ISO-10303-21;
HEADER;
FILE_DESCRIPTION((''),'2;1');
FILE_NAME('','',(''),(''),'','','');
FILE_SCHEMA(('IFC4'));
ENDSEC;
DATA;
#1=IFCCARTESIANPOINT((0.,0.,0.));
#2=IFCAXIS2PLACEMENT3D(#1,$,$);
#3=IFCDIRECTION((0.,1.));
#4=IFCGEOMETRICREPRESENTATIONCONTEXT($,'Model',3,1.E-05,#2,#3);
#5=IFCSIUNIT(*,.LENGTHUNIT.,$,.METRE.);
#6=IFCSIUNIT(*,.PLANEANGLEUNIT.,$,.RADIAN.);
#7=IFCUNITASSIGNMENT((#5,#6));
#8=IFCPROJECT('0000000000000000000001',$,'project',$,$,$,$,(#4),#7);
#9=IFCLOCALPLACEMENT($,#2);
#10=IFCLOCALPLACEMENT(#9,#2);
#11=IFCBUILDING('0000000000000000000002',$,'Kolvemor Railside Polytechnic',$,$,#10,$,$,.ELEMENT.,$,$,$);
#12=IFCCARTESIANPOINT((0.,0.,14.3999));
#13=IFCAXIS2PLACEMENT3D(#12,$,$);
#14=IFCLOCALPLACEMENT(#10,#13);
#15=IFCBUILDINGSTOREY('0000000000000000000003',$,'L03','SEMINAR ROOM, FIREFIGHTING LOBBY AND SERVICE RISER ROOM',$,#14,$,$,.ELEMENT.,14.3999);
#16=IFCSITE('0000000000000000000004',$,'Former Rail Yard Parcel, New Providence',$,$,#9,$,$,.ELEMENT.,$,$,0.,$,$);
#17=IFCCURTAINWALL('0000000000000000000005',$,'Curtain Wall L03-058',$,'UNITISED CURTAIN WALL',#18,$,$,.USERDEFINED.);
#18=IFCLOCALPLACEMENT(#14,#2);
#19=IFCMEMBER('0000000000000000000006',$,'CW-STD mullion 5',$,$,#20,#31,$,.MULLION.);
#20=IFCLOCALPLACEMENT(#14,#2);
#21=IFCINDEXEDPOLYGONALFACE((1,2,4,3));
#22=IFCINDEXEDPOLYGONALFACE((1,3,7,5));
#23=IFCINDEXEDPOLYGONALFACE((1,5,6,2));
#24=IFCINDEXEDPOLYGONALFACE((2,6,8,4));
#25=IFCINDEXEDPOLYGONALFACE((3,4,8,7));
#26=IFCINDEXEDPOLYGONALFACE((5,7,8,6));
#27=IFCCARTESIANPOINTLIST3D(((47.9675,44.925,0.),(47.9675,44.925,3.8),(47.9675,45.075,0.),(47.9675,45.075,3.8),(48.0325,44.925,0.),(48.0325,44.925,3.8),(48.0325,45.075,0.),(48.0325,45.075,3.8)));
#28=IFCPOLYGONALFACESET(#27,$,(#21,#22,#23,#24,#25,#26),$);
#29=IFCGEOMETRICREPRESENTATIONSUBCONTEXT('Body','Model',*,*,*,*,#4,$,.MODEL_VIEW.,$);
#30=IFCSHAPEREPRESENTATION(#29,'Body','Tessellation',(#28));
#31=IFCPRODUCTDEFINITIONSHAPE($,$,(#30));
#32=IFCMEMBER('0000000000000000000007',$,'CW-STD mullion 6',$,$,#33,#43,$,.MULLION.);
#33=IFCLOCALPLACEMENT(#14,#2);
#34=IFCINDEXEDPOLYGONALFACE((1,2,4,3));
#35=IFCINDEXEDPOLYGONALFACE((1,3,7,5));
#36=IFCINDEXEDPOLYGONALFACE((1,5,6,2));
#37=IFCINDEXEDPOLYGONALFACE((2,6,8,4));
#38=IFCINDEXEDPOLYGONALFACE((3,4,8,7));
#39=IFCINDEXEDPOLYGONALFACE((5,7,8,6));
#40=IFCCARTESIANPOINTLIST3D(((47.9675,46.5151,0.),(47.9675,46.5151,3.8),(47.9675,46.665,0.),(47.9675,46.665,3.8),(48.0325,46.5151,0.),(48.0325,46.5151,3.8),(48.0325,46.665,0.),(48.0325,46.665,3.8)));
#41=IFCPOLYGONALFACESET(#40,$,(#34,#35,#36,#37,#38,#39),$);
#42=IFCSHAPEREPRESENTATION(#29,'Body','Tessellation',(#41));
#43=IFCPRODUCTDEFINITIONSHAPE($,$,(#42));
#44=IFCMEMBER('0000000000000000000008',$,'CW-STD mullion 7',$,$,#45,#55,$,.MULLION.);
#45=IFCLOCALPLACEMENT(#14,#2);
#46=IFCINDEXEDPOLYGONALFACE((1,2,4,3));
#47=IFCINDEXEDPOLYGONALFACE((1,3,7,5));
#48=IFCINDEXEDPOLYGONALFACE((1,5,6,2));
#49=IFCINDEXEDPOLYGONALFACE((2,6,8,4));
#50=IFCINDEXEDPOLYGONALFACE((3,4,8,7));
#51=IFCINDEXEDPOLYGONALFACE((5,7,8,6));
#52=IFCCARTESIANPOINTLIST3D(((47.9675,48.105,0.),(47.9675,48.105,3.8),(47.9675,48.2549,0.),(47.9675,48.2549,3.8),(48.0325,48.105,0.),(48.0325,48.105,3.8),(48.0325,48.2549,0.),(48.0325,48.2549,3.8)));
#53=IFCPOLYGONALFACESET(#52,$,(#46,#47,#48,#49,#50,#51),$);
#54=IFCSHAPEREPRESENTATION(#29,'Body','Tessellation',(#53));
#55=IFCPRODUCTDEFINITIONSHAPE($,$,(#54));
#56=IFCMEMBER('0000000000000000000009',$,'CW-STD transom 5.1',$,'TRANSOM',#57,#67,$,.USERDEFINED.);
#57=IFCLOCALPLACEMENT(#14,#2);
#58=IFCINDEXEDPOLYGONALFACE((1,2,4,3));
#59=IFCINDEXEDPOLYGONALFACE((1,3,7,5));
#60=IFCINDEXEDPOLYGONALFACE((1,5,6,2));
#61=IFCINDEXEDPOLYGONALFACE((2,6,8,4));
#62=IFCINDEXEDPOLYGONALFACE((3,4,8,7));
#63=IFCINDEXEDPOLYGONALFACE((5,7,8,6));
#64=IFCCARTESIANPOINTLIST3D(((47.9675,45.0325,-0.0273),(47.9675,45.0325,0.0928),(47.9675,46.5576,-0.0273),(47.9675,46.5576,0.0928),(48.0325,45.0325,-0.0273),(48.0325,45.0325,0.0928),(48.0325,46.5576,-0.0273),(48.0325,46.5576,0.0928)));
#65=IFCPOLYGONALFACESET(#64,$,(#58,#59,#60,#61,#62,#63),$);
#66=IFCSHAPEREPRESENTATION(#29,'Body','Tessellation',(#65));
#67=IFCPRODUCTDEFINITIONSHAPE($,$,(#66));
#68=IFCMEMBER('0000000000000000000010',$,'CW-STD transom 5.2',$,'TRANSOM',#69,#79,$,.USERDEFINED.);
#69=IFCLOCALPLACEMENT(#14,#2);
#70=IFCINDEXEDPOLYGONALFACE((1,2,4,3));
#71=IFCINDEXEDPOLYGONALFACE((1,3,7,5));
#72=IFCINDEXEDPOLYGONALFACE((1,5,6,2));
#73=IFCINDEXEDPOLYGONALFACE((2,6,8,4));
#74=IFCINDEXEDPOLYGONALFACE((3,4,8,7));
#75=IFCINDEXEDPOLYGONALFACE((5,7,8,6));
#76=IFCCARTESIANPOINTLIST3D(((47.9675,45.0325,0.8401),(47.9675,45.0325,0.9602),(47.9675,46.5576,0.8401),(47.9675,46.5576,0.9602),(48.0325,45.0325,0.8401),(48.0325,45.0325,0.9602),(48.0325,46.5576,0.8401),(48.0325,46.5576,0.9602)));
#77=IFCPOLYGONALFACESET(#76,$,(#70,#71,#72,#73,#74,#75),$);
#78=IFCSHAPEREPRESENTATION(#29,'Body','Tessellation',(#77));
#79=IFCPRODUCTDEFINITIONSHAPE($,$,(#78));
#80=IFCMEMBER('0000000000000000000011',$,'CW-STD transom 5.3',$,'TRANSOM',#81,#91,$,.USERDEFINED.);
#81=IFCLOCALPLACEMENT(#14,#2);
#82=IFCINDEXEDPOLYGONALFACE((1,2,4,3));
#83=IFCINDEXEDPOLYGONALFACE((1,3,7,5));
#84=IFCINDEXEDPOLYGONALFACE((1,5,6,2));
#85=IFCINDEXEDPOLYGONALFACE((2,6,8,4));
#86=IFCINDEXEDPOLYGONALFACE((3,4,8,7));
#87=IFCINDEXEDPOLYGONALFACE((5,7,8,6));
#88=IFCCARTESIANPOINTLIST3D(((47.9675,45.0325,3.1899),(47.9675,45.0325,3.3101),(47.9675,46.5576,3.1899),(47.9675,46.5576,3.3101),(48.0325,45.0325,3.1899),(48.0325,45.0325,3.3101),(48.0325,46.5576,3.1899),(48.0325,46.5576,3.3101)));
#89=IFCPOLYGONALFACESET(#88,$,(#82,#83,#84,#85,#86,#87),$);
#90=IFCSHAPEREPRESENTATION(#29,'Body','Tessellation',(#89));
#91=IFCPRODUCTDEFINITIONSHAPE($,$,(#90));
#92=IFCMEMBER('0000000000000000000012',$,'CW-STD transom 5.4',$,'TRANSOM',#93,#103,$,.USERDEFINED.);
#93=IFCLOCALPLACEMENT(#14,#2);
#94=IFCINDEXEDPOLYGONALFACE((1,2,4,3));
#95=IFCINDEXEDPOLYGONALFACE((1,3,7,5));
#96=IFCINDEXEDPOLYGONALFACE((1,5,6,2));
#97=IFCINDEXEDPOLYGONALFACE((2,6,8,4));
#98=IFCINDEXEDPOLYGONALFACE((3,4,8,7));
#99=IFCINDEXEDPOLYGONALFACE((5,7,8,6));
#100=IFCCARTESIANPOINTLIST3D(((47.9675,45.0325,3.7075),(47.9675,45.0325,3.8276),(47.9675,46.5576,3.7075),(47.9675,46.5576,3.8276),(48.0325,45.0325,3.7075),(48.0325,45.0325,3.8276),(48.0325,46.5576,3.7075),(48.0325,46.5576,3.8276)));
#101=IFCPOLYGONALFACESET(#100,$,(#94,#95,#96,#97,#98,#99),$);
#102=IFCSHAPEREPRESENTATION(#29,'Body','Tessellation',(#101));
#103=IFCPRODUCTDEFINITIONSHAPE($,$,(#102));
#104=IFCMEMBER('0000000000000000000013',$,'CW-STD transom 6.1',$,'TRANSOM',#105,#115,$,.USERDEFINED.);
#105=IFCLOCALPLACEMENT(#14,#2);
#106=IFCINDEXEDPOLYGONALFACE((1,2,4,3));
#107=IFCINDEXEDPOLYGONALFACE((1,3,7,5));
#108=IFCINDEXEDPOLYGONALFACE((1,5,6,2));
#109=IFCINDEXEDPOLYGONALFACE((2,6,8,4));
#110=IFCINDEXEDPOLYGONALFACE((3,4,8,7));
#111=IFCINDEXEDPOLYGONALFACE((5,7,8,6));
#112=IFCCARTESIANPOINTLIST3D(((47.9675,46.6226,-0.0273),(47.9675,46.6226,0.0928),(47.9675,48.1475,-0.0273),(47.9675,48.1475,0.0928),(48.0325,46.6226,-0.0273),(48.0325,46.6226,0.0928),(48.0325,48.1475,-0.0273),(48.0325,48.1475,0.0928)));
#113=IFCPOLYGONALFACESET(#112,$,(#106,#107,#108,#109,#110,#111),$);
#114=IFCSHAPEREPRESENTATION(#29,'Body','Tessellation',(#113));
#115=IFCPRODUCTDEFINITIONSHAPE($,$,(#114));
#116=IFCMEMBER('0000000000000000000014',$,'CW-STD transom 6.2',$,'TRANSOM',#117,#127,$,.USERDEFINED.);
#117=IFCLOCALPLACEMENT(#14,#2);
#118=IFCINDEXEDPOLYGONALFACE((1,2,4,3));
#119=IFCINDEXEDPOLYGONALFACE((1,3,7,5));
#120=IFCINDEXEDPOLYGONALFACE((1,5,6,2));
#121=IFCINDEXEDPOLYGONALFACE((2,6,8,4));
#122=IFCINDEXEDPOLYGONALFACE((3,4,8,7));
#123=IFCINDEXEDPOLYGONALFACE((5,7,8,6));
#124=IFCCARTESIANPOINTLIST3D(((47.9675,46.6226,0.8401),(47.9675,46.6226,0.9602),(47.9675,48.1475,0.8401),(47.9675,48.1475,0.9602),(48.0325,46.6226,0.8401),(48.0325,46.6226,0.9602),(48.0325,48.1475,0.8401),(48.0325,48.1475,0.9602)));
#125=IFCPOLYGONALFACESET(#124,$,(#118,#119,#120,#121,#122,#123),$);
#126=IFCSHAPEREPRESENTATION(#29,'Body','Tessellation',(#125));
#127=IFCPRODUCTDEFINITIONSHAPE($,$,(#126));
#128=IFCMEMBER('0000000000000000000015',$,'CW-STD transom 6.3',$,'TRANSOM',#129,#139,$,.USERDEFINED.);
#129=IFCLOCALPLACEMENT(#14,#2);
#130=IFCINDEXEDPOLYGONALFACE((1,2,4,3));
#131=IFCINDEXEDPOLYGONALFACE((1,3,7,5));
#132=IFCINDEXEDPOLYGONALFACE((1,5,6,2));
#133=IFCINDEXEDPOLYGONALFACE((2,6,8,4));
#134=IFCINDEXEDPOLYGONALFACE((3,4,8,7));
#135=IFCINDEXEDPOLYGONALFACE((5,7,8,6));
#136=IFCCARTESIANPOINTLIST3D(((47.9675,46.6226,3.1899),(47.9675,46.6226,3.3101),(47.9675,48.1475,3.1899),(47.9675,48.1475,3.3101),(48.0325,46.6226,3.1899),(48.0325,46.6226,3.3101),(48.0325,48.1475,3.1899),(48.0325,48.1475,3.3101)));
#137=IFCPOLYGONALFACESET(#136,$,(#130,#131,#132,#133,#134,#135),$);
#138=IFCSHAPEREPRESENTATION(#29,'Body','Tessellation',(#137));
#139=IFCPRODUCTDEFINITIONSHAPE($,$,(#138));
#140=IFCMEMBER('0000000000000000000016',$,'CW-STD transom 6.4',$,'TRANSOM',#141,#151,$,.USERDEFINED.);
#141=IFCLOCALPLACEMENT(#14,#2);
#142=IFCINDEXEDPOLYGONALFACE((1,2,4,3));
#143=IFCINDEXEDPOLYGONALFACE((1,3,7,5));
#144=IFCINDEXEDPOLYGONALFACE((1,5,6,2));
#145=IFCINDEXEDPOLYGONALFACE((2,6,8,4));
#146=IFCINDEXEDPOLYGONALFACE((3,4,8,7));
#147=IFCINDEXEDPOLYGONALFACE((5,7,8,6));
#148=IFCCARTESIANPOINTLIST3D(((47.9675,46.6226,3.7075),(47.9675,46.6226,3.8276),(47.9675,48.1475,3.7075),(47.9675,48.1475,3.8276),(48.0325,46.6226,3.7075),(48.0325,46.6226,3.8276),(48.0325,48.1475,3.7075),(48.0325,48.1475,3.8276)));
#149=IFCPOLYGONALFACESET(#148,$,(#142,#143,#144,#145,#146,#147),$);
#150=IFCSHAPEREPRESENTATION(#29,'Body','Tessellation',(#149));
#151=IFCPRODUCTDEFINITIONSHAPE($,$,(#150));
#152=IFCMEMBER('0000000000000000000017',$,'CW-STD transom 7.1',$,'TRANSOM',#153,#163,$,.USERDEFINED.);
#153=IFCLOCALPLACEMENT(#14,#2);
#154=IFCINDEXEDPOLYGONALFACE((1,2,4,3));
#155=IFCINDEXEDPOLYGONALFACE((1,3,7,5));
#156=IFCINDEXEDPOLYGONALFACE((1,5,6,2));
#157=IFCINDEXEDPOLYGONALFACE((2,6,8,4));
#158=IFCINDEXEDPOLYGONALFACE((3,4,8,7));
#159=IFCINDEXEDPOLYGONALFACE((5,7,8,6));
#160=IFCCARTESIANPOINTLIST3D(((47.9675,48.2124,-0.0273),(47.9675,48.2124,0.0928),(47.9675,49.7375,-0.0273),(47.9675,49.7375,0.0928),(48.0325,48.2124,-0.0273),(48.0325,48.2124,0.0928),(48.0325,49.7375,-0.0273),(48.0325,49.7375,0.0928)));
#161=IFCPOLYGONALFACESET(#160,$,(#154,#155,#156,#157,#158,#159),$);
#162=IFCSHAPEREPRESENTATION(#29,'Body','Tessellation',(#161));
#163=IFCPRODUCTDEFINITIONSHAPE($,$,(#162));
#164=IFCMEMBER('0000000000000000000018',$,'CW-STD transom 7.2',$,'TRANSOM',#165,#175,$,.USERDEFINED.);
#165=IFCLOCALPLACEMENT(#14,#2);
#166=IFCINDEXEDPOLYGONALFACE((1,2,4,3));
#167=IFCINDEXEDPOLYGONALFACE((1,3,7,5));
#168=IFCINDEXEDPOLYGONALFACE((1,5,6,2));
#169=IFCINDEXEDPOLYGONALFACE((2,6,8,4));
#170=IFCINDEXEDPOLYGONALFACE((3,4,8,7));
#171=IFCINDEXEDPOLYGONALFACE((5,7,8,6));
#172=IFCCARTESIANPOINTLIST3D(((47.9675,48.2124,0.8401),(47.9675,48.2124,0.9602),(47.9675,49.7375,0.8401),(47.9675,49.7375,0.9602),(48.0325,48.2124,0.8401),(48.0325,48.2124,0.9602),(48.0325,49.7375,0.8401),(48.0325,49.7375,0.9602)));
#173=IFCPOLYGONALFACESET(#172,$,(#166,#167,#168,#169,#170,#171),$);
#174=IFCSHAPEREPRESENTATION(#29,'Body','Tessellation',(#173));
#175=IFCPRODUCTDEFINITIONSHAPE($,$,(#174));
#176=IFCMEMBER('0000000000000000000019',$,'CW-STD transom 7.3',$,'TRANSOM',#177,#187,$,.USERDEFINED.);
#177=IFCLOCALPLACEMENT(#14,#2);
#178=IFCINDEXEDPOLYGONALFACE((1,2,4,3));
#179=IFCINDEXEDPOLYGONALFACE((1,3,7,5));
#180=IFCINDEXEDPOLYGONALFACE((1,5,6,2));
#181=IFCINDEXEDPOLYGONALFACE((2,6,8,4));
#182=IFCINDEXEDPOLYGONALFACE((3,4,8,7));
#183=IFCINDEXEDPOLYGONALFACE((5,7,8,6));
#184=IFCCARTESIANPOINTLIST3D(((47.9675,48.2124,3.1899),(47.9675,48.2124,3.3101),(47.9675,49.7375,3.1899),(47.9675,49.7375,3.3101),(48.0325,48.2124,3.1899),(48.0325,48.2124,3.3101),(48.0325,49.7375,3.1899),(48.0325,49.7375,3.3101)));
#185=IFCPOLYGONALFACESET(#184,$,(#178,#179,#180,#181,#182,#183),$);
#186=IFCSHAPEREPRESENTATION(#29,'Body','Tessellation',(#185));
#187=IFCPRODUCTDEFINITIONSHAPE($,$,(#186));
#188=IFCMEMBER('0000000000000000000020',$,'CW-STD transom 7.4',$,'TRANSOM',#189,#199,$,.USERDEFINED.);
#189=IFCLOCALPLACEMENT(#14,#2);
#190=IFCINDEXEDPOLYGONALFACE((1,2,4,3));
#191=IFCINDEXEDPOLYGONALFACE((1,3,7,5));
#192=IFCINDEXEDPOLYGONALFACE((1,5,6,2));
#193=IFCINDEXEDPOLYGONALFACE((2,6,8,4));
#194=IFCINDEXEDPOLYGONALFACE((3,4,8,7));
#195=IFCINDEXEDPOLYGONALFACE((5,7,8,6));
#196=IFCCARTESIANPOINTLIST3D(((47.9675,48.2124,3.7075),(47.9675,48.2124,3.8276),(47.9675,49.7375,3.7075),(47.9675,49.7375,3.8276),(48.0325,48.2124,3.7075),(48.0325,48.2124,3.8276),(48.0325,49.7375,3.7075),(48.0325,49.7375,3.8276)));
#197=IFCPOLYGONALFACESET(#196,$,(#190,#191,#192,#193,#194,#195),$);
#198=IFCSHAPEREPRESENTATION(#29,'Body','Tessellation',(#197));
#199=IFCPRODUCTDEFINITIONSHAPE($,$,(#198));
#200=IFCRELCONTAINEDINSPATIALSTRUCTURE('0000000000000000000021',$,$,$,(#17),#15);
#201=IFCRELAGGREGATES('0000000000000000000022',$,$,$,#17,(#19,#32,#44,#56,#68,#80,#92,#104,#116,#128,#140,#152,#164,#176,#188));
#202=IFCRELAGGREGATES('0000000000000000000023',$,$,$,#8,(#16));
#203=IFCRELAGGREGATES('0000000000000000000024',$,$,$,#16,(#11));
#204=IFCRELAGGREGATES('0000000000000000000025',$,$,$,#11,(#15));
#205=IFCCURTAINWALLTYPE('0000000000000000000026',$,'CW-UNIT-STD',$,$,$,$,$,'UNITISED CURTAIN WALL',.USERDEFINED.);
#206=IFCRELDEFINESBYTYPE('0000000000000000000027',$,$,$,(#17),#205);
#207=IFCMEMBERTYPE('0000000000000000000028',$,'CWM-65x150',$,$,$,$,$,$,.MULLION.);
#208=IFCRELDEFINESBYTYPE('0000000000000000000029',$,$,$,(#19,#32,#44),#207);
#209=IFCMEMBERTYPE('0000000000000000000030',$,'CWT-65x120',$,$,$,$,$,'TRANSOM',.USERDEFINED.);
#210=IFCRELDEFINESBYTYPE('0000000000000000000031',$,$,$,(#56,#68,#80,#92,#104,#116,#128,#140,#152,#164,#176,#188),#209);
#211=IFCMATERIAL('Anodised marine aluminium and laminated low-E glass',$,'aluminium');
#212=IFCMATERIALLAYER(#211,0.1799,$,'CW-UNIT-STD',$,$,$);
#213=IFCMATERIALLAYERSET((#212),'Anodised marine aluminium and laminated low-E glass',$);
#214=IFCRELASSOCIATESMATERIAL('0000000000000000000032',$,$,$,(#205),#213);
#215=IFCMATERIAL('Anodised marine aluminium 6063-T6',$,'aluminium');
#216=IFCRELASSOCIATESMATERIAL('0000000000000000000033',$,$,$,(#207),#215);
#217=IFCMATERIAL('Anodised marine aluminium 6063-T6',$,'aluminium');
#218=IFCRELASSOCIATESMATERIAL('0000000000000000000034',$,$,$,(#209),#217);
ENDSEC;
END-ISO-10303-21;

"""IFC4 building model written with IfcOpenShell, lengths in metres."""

from ifc_helpers import new_model, si_unit, direction, frame, origin, origin_2d, place, context, subcontext, project, spatial, rectangle, extrude, material, layer, layer_set, material_profile, profile_set, type_object, element, aggregate, save


model = new_model("IFC4")

# Units and contexts
model_context = context("Model", 3, precision=1e-05, world=origin(), true_north=direction((0.0, 1.0)))
body_context = subcontext(model_context, "Body", "Model", "MODEL_VIEW")
ifc_project = project(units=[si_unit("LENGTHUNIT", "METRE"), si_unit("PLANEANGLEUNIT", "RADIAN")], contexts=[model_context])

# Site, building, storey
site_placement = place(None, origin())
site = spatial("IfcSite", under=ifc_project, at=site_placement, Name="Former Rail Yard Parcel, New Providence", CompositionType="ELEMENT", RefElevation=0.0)
building_placement = place(site_placement, origin())
building = spatial("IfcBuilding", under=site, at=building_placement, Name="Kolvemor Railside Polytechnic", CompositionType="ELEMENT")
storey_placement = place(building_placement, frame((0.0, 0.0, 14.3999)))
storey = spatial("IfcBuildingStorey", under=building, at=storey_placement, Name="L03", Description="SEMINAR ROOM, FIREFIGHTING LOBBY AND SERVICE RISER ROOM", CompositionType="ELEMENT", Elevation=14.3999)

# Curtain wall, members
ifc_material_1 = material(Name="Anodised marine aluminium and laminated low-E glass", Category="aluminium")
ifc_layer_1 = layer(ifc_material_1, 0.1799, Name="CW-UNIT-STD")
ifc_layer_set_1 = layer_set([ifc_layer_1], Name="Anodised marine aluminium and laminated low-E glass")
curtain_wall_type = type_object("IfcCurtainWallType", Name="CW-UNIT-STD", ElementType="UNITISED CURTAIN WALL", PredefinedType="USERDEFINED", material=ifc_layer_set_1)
curtain_wall_placement = place(storey_placement, origin())
curtain_wall = element("IfcCurtainWall", 1, at=curtain_wall_placement, inside=storey, type_object=curtain_wall_type, Name="Curtain Wall L03-058", ObjectType="UNITISED CURTAIN WALL", PredefinedType="USERDEFINED")
ifc_material_2 = material(Name="Anodised marine aluminium 6063-T6", Category="aluminium")
ifc_material_profile_1 = material_profile(ifc_material_2, rectangle(XDim=0.0649, YDim=0.1499, at=origin_2d()), Name="CW-MUL-65x150")
ifc_profile_set_1 = profile_set([ifc_material_profile_1], Name="Anodised marine aluminium 6063-T6")
member_type_1 = type_object("IfcMemberType", Name="CWM-65x150", PredefinedType="MULLION", material=ifc_profile_set_1)
member_1_placement = place(storey_placement, frame((48.0, 45.0, 0.0), z_axis=(0.0, 0.0, 1.0), x_axis=(-1.0, 0.0, 0.0)))
member_1 = element("IfcMember", 2, at=member_1_placement, type_object=member_type_1, Name="CW-STD mullion 5", PredefinedType="MULLION", context=body_context, shape_type="SweptSolid", body=[
    extrude(rectangle(XDim=0.0649, YDim=0.1499, at=origin_2d()), origin(), (0.0, 0.0, 1.0), 3.8),
])
member_2_placement = place(storey_placement, frame((48.0, 46.5901, 0.0), z_axis=(0.0, 0.0, 1.0), x_axis=(-1.0, 0.0, 0.0)))
member_2 = element("IfcMember", 3, at=member_2_placement, type_object=member_type_1, Name="CW-STD mullion 6", PredefinedType="MULLION", context=body_context, shape_type="SweptSolid", body=[
    extrude(rectangle(XDim=0.0649, YDim=0.1499, at=origin_2d()), origin(), (0.0, 0.0, 1.0), 3.8),
])
member_3_placement = place(storey_placement, frame((48.0, 48.1799, 0.0), z_axis=(0.0, 0.0, 1.0), x_axis=(-1.0, 0.0, 0.0)))
member_3 = element("IfcMember", 4, at=member_3_placement, type_object=member_type_1, Name="CW-STD mullion 7", PredefinedType="MULLION", context=body_context, shape_type="SweptSolid", body=[
    extrude(rectangle(XDim=0.0649, YDim=0.1499, at=origin_2d()), origin(), (0.0, 0.0, 1.0), 3.8),
])
ifc_material_3 = material(Name="Anodised marine aluminium 6063-T6", Category="aluminium")
ifc_material_profile_2 = material_profile(ifc_material_3, rectangle(XDim=0.0649, YDim=0.1201, at=origin_2d()), Name="CW-TRN-65x120")
ifc_profile_set_2 = profile_set([ifc_material_profile_2], Name="Anodised marine aluminium 6063-T6")
member_type_2 = type_object("IfcMemberType", Name="CWT-65x120", ElementType="TRANSOM", PredefinedType="USERDEFINED", material=ifc_profile_set_2)
member_4_placement = place(storey_placement, frame((48.0, 45.0325, 0.0327), z_axis=(0.0, 1.0, 0.0), x_axis=(-1.0, 0.0, 0.0)))
member_4 = element("IfcMember", 5, at=member_4_placement, type_object=member_type_2, Name="CW-STD transom 5.1", ObjectType="TRANSOM", PredefinedType="USERDEFINED", context=body_context, shape_type="SweptSolid", body=[
    extrude(rectangle(XDim=0.0649, YDim=0.1201, at=origin_2d()), origin(), (0.0, 0.0, 1.0), 1.5251),
])
member_5_placement = place(storey_placement, frame((48.0, 45.0325, 0.9001), z_axis=(0.0, 1.0, 0.0), x_axis=(-1.0, 0.0, 0.0)))
member_5 = element("IfcMember", 6, at=member_5_placement, type_object=member_type_2, Name="CW-STD transom 5.2", ObjectType="TRANSOM", PredefinedType="USERDEFINED", context=body_context, shape_type="SweptSolid", body=[
    extrude(rectangle(XDim=0.0649, YDim=0.1201, at=origin_2d()), origin(), (0.0, 0.0, 1.0), 1.5251),
])
member_6_placement = place(storey_placement, frame((48.0, 45.0325, 3.25), z_axis=(0.0, 1.0, 0.0), x_axis=(-1.0, 0.0, 0.0)))
member_6 = element("IfcMember", 7, at=member_6_placement, type_object=member_type_2, Name="CW-STD transom 5.3", ObjectType="TRANSOM", PredefinedType="USERDEFINED", context=body_context, shape_type="SweptSolid", body=[
    extrude(rectangle(XDim=0.0649, YDim=0.1201, at=origin_2d()), origin(), (0.0, 0.0, 1.0), 1.5251),
])
member_7_placement = place(storey_placement, frame((48.0, 45.0325, 3.7676), z_axis=(0.0, 1.0, 0.0), x_axis=(-1.0, 0.0, 0.0)))
member_7 = element("IfcMember", 8, at=member_7_placement, type_object=member_type_2, Name="CW-STD transom 5.4", ObjectType="TRANSOM", PredefinedType="USERDEFINED", context=body_context, shape_type="SweptSolid", body=[
    extrude(rectangle(XDim=0.0649, YDim=0.1201, at=origin_2d()), origin(), (0.0, 0.0, 1.0), 1.5251),
])
member_8_placement = place(storey_placement, frame((48.0, 46.6226, 0.0327), z_axis=(0.0, 1.0, 0.0), x_axis=(-1.0, 0.0, 0.0)))
member_8 = element("IfcMember", 9, at=member_8_placement, type_object=member_type_2, Name="CW-STD transom 6.1", ObjectType="TRANSOM", PredefinedType="USERDEFINED", context=body_context, shape_type="SweptSolid", body=[
    extrude(rectangle(XDim=0.0649, YDim=0.1201, at=origin_2d()), origin(), (0.0, 0.0, 1.0), 1.5249),
])
member_9_placement = place(storey_placement, frame((48.0, 46.6226, 0.9001), z_axis=(0.0, 1.0, 0.0), x_axis=(-1.0, 0.0, 0.0)))
member_9 = element("IfcMember", 10, at=member_9_placement, type_object=member_type_2, Name="CW-STD transom 6.2", ObjectType="TRANSOM", PredefinedType="USERDEFINED", context=body_context, shape_type="SweptSolid", body=[
    extrude(rectangle(XDim=0.0649, YDim=0.1201, at=origin_2d()), origin(), (0.0, 0.0, 1.0), 1.5249),
])
member_10_placement = place(storey_placement, frame((48.0, 46.6226, 3.25), z_axis=(0.0, 1.0, 0.0), x_axis=(-1.0, 0.0, 0.0)))
member_10 = element("IfcMember", 11, at=member_10_placement, type_object=member_type_2, Name="CW-STD transom 6.3", ObjectType="TRANSOM", PredefinedType="USERDEFINED", context=body_context, shape_type="SweptSolid", body=[
    extrude(rectangle(XDim=0.0649, YDim=0.1201, at=origin_2d()), origin(), (0.0, 0.0, 1.0), 1.5249),
])
member_11_placement = place(storey_placement, frame((48.0, 46.6226, 3.7676), z_axis=(0.0, 1.0, 0.0), x_axis=(-1.0, 0.0, 0.0)))
member_11 = element("IfcMember", 12, at=member_11_placement, type_object=member_type_2, Name="CW-STD transom 6.4", ObjectType="TRANSOM", PredefinedType="USERDEFINED", context=body_context, shape_type="SweptSolid", body=[
    extrude(rectangle(XDim=0.0649, YDim=0.1201, at=origin_2d()), origin(), (0.0, 0.0, 1.0), 1.5249),
])
member_12_placement = place(storey_placement, frame((48.0, 48.2124, 0.0327), z_axis=(0.0, 1.0, 0.0), x_axis=(-1.0, 0.0, 0.0)))
member_12 = element("IfcMember", 13, at=member_12_placement, type_object=member_type_2, Name="CW-STD transom 7.1", ObjectType="TRANSOM", PredefinedType="USERDEFINED", context=body_context, shape_type="SweptSolid", body=[
    extrude(rectangle(XDim=0.0649, YDim=0.1201, at=origin_2d()), origin(), (0.0, 0.0, 1.0), 1.5251),
])
member_13_placement = place(storey_placement, frame((48.0, 48.2124, 0.9001), z_axis=(0.0, 1.0, 0.0), x_axis=(-1.0, 0.0, 0.0)))
member_13 = element("IfcMember", 14, at=member_13_placement, type_object=member_type_2, Name="CW-STD transom 7.2", ObjectType="TRANSOM", PredefinedType="USERDEFINED", context=body_context, shape_type="SweptSolid", body=[
    extrude(rectangle(XDim=0.0649, YDim=0.1201, at=origin_2d()), origin(), (0.0, 0.0, 1.0), 1.5251),
])
member_14_placement = place(storey_placement, frame((48.0, 48.2124, 3.25), z_axis=(0.0, 1.0, 0.0), x_axis=(-1.0, 0.0, 0.0)))
member_14 = element("IfcMember", 15, at=member_14_placement, type_object=member_type_2, Name="CW-STD transom 7.3", ObjectType="TRANSOM", PredefinedType="USERDEFINED", context=body_context, shape_type="SweptSolid", body=[
    extrude(rectangle(XDim=0.0649, YDim=0.1201, at=origin_2d()), origin(), (0.0, 0.0, 1.0), 1.5251),
])
member_15_placement = place(storey_placement, frame((48.0, 48.2124, 3.7676), z_axis=(0.0, 1.0, 0.0), x_axis=(-1.0, 0.0, 0.0)))
member_15 = element("IfcMember", 16, at=member_15_placement, type_object=member_type_2, Name="CW-STD transom 7.4", ObjectType="TRANSOM", PredefinedType="USERDEFINED", context=body_context, shape_type="SweptSolid", body=[
    extrude(rectangle(XDim=0.0649, YDim=0.1201, at=origin_2d()), origin(), (0.0, 0.0, 1.0), 1.5251),
])
aggregate(curtain_wall, [member_1, member_2, member_3, member_4, member_5, member_6, member_7, member_8, member_9, member_10, member_11, member_12, member_13, member_14, member_15])

save(model, "model.ifc")
